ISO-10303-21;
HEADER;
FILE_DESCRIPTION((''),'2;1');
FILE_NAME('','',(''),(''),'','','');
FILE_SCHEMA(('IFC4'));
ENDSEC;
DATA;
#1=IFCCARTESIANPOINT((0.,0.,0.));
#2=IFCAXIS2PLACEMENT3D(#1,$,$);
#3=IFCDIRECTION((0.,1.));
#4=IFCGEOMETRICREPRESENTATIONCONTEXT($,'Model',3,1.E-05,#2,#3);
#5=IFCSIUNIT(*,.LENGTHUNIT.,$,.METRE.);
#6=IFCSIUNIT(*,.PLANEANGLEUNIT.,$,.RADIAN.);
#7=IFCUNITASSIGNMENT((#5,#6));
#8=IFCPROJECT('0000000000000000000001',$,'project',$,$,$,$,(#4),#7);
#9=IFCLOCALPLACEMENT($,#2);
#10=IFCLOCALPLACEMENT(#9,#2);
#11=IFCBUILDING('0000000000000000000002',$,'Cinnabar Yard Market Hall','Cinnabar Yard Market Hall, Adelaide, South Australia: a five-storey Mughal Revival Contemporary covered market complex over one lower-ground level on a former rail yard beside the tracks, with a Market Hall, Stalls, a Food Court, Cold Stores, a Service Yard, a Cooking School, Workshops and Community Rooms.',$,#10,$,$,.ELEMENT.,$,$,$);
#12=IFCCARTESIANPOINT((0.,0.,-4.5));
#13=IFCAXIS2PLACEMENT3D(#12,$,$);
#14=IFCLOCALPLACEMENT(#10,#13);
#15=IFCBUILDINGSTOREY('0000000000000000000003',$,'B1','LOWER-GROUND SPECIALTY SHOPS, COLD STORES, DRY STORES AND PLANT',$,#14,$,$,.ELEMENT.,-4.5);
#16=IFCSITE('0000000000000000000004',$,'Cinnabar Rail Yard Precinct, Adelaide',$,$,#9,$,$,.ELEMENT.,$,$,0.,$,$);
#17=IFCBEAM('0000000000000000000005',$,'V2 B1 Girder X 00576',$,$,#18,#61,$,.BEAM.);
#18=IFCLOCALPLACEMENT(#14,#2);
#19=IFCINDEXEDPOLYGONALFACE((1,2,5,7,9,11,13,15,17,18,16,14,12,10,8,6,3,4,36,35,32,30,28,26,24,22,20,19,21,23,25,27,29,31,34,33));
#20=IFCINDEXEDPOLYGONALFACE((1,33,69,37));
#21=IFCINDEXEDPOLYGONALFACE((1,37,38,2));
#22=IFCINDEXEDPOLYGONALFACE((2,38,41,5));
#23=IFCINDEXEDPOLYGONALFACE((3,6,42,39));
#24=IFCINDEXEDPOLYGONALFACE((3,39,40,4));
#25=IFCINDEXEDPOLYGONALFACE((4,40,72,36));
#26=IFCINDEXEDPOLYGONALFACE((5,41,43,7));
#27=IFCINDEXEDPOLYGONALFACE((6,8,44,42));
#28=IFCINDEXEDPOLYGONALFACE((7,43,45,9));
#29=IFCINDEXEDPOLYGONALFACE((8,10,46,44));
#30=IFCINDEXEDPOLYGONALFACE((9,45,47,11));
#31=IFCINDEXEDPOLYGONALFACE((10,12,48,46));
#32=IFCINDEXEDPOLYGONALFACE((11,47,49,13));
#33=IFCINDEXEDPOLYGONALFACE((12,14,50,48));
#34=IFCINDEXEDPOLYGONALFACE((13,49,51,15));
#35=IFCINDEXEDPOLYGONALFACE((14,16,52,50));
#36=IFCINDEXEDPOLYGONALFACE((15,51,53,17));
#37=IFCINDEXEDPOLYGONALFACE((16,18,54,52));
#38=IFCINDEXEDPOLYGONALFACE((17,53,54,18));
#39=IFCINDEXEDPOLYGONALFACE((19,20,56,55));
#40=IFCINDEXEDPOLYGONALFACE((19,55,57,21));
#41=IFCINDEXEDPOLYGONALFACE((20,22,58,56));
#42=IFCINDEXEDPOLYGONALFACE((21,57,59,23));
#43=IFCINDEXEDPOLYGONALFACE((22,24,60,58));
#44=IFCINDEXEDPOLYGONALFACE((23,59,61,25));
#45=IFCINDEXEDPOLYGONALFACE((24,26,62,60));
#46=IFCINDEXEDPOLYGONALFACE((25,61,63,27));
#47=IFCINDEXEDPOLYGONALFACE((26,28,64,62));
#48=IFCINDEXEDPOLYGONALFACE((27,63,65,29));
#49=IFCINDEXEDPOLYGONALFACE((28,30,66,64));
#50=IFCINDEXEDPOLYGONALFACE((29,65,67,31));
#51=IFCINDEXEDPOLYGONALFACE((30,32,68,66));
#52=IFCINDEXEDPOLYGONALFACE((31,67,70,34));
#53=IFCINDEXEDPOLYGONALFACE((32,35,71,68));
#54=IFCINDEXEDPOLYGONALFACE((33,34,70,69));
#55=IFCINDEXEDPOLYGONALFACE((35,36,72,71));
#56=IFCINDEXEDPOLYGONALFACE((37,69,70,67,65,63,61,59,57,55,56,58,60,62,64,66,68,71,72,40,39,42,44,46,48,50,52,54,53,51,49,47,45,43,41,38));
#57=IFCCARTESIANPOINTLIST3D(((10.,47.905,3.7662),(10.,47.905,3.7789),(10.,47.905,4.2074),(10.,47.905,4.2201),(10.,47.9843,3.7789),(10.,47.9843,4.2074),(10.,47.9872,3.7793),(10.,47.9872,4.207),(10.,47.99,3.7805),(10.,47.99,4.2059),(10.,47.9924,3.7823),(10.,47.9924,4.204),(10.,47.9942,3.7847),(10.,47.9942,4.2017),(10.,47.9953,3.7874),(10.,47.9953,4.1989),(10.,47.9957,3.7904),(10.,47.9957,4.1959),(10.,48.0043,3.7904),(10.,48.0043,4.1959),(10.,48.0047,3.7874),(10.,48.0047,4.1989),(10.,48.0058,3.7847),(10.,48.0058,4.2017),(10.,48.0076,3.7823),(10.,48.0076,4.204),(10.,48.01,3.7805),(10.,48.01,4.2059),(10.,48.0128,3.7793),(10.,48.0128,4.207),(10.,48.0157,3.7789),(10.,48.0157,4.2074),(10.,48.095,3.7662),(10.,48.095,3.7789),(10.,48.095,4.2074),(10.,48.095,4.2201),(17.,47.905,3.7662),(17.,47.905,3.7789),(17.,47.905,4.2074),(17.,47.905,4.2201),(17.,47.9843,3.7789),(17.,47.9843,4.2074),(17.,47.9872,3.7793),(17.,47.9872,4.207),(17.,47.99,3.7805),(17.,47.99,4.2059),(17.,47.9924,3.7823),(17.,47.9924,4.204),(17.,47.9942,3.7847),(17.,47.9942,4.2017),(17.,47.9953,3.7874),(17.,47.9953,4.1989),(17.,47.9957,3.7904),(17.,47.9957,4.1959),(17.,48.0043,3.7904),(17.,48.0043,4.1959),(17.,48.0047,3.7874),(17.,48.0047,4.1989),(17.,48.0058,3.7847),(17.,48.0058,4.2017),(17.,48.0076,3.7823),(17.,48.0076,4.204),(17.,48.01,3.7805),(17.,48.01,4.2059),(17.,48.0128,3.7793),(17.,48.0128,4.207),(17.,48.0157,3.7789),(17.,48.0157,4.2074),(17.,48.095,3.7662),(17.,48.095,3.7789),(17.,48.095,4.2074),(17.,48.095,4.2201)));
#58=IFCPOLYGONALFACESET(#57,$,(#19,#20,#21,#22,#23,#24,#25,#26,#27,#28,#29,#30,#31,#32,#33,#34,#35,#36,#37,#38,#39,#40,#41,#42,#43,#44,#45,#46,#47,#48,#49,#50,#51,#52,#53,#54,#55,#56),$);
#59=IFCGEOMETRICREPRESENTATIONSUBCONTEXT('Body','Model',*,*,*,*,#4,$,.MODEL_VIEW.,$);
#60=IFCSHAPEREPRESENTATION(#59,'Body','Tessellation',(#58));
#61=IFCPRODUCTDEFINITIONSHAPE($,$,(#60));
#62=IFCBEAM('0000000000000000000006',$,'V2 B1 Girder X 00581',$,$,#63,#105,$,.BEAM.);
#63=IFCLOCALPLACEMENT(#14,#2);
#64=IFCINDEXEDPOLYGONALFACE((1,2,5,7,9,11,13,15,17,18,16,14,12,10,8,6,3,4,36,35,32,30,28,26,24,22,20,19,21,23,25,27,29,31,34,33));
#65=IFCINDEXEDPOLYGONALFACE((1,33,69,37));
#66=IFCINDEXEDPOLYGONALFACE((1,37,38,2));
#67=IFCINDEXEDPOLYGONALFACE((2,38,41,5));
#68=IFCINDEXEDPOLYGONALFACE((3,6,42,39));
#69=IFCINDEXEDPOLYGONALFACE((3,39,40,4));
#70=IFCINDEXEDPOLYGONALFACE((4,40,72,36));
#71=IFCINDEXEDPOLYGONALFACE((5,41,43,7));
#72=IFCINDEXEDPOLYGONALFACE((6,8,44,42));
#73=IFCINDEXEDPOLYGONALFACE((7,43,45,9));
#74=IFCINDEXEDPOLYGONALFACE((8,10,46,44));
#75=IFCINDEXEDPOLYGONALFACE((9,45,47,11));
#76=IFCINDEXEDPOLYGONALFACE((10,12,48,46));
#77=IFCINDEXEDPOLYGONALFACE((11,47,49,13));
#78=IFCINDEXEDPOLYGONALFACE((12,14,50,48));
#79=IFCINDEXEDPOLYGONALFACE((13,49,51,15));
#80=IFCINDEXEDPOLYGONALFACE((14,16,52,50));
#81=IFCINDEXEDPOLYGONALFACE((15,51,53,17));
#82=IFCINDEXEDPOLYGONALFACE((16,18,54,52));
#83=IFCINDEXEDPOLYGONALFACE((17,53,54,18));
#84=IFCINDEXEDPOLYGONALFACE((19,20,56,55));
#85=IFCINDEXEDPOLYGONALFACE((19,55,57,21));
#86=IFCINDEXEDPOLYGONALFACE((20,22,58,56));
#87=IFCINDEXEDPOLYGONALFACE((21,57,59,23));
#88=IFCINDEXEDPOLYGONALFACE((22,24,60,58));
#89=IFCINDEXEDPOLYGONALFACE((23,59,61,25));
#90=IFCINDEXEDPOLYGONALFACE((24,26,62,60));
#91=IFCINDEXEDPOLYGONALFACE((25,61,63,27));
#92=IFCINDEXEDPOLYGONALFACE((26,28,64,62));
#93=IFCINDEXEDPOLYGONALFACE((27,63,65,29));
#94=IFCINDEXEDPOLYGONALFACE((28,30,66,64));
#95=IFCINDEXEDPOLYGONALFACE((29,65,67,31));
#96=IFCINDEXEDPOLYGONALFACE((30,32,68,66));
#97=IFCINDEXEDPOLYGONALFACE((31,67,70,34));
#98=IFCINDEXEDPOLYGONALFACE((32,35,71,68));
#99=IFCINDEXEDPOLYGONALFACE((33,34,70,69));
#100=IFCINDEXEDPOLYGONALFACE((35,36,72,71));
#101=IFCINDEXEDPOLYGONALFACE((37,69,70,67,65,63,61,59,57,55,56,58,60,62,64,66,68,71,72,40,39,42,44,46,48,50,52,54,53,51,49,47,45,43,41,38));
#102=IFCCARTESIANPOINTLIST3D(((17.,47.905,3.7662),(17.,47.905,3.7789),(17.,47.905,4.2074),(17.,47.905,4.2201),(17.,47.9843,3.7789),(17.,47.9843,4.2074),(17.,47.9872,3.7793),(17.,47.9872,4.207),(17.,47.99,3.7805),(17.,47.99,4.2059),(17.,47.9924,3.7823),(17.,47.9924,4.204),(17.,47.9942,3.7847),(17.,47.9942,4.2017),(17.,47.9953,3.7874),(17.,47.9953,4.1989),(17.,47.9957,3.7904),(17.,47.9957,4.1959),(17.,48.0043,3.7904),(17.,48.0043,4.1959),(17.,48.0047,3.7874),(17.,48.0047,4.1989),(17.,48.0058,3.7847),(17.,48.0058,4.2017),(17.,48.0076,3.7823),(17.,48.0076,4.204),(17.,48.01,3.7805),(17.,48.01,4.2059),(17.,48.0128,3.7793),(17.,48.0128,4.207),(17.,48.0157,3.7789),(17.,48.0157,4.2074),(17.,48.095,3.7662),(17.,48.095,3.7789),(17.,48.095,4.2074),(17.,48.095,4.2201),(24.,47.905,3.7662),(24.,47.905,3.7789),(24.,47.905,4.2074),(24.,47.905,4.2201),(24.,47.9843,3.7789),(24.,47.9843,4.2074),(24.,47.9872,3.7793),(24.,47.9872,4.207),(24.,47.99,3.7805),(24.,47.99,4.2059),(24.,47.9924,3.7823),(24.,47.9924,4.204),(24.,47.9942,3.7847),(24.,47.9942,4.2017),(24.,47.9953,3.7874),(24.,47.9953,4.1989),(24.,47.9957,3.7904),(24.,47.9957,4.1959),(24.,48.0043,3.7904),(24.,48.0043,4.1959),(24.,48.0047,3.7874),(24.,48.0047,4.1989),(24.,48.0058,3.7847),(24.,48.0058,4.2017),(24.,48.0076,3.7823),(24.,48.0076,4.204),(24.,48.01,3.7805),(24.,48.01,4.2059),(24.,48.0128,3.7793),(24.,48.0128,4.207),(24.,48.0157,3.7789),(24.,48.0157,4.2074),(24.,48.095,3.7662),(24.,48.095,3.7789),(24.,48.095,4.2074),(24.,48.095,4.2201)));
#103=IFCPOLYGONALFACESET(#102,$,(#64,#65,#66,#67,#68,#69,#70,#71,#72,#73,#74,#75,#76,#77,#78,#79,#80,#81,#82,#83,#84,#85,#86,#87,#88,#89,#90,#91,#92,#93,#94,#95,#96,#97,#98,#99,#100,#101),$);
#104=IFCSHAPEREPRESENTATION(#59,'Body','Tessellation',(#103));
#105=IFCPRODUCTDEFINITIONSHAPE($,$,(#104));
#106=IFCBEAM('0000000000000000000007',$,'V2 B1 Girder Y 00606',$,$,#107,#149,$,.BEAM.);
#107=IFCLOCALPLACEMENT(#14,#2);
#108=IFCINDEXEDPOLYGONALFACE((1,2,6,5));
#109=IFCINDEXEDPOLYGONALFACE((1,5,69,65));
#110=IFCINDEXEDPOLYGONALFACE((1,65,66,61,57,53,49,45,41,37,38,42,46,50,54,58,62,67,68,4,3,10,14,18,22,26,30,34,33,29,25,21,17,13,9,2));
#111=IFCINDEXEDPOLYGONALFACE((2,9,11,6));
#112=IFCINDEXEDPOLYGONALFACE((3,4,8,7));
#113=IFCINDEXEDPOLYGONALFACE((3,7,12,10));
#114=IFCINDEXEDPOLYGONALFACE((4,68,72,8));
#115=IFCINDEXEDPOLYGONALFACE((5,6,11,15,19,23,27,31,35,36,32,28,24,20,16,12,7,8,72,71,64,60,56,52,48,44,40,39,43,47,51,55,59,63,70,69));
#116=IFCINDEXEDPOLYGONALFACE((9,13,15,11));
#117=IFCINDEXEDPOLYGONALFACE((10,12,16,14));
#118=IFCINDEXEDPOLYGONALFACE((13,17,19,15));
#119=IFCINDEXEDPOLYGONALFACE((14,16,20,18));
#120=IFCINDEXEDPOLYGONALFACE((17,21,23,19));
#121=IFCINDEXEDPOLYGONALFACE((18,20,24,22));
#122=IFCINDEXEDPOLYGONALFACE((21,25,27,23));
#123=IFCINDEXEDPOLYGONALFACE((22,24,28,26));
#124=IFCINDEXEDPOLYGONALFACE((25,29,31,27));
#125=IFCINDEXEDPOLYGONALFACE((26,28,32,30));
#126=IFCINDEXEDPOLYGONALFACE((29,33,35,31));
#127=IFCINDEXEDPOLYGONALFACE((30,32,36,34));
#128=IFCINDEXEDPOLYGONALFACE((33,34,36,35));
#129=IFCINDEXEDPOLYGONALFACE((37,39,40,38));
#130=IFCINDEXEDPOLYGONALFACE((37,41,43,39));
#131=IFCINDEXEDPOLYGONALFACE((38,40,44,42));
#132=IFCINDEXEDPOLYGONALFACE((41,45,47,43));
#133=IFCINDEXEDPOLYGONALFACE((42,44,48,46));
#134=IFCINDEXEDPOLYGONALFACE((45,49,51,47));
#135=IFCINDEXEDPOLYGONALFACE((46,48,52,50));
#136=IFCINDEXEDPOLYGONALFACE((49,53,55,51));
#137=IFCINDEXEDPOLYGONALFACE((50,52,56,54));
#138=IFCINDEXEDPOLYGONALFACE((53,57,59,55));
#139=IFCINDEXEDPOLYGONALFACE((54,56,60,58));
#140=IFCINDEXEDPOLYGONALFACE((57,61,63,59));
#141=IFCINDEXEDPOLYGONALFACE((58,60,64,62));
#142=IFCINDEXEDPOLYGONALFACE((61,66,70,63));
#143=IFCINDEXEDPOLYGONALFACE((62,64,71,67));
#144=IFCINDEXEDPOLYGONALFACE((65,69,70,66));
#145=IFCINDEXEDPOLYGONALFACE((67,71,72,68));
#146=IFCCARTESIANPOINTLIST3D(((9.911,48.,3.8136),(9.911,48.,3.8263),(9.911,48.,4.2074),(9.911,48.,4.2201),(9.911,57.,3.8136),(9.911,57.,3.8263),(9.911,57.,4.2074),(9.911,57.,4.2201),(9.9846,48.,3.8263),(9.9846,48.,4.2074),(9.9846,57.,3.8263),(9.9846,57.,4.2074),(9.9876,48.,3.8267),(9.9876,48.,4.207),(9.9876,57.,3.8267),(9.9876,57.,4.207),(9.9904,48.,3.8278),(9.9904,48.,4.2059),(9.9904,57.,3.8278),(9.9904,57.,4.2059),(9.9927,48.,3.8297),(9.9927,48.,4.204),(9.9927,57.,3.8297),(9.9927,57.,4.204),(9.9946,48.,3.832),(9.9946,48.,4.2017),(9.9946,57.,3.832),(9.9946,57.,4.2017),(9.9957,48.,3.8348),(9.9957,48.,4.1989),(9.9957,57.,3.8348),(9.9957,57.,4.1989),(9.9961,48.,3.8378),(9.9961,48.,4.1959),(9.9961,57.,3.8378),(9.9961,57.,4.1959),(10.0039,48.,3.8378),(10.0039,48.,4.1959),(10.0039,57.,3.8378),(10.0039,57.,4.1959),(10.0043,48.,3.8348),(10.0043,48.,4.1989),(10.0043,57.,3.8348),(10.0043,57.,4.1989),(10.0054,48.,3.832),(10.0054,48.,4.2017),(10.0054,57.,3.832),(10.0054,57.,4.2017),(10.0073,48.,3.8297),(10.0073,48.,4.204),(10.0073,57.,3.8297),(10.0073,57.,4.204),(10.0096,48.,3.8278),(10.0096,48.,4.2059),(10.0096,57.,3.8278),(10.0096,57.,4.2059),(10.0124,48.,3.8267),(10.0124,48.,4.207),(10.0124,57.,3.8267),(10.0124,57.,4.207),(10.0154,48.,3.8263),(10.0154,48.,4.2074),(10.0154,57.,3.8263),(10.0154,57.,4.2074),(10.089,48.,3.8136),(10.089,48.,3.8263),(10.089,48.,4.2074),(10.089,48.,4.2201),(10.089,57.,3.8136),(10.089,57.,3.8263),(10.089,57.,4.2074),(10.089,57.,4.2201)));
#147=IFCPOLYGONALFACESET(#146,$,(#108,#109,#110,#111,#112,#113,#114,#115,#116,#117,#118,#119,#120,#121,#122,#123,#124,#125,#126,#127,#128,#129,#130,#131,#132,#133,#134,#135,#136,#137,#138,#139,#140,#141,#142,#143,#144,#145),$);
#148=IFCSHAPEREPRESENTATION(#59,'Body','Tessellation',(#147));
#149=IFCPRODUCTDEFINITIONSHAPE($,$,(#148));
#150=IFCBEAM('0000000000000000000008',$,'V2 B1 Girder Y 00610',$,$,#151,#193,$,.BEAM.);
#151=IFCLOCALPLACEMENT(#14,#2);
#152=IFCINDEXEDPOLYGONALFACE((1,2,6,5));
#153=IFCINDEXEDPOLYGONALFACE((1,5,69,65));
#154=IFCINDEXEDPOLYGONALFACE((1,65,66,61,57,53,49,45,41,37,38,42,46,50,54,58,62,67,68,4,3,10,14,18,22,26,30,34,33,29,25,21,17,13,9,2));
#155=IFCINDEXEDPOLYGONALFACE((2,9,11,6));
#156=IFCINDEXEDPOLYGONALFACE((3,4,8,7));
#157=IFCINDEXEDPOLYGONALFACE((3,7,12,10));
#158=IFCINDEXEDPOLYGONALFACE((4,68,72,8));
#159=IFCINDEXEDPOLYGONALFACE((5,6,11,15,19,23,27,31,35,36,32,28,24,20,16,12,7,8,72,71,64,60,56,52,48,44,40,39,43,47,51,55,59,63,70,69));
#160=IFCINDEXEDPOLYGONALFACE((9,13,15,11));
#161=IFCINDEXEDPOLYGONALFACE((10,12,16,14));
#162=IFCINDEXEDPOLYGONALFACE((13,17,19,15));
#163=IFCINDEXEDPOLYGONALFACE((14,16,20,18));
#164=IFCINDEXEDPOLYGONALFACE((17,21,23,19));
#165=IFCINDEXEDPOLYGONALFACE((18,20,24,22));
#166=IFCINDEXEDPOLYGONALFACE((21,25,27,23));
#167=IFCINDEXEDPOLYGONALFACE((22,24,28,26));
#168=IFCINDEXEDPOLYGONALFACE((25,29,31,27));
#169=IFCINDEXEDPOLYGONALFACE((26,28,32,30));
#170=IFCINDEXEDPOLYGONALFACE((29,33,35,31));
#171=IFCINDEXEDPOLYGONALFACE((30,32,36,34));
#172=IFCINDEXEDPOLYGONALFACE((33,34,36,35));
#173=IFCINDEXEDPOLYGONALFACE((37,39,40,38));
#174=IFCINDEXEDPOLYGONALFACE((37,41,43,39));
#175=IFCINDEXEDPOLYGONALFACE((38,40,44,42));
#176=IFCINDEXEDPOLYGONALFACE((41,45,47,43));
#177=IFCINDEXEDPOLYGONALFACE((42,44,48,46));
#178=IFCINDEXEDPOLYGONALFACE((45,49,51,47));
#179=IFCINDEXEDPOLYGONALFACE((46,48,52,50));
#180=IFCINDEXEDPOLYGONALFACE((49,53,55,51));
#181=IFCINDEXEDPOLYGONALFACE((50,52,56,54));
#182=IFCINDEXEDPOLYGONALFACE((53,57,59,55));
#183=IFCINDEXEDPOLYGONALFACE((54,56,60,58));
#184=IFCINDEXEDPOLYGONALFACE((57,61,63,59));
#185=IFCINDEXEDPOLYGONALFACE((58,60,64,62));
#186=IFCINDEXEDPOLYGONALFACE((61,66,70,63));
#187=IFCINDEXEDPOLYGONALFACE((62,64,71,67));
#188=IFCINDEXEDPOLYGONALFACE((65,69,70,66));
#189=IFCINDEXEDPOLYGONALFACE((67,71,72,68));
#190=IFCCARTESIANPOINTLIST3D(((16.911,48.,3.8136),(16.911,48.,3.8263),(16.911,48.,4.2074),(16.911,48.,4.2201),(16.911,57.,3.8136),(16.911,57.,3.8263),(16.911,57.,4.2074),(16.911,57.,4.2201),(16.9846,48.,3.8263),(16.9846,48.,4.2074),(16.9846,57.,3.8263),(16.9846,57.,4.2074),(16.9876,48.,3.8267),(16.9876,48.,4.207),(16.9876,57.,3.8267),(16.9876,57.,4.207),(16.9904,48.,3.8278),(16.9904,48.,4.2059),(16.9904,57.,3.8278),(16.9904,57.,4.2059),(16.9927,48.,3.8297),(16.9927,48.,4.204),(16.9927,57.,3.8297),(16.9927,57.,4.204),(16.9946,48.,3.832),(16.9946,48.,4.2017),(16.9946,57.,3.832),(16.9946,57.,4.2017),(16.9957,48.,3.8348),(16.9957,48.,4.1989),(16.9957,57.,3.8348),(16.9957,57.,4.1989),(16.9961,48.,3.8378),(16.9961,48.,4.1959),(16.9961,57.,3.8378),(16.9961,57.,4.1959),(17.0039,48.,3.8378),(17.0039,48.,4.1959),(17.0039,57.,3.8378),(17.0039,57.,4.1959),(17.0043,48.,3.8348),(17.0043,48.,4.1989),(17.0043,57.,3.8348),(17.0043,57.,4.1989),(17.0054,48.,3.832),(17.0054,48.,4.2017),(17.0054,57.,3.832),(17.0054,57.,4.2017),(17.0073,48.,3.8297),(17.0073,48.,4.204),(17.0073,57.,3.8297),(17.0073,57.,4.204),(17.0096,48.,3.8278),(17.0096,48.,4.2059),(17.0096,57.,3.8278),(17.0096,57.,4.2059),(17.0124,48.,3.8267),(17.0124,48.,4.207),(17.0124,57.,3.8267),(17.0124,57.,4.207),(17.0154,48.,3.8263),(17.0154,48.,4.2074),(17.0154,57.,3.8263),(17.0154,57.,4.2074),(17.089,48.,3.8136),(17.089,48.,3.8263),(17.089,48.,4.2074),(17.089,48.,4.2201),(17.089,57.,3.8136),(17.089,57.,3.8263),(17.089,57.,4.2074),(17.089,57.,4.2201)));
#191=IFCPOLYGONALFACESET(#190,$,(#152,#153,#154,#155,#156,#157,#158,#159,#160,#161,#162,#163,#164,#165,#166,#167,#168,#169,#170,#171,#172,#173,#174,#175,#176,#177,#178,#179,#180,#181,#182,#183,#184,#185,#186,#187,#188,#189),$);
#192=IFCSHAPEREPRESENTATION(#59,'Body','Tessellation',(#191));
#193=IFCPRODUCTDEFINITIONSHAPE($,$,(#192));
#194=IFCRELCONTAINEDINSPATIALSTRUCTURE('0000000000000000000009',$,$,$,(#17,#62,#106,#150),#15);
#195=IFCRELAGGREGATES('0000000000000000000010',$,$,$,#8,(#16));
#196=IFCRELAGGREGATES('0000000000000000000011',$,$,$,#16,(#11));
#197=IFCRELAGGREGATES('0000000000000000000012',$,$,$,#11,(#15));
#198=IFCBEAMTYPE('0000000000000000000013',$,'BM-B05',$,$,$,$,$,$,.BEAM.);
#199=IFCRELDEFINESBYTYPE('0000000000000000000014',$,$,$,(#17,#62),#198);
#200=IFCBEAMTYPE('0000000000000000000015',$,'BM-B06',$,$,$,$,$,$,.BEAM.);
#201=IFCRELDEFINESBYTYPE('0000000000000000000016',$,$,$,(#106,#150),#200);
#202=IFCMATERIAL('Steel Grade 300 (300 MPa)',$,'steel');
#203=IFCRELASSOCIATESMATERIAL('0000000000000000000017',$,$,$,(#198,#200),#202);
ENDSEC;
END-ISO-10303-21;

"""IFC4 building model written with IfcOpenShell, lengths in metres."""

from ifc_helpers import new_model, si_unit, direction, frame, origin, origin_2d_with_axis, place, context, subcontext, project, spatial, i_section, extrude, material, material_profile, profile_set, type_object, element, save


model = new_model("IFC4")

# Units and contexts
model_context = context("Model", 3, precision=1e-05, world=origin(), true_north=direction((0.0, 1.0)))
body_context = subcontext(model_context, "Body", "Model", "MODEL_VIEW")
ifc_project = project(units=[si_unit("LENGTHUNIT", "METRE"), si_unit("PLANEANGLEUNIT", "RADIAN")], contexts=[model_context])

# Site, building, storey
site_placement = place(None, origin())
site = spatial("IfcSite", under=ifc_project, at=site_placement, Name="Cinnabar Rail Yard Precinct, Adelaide", CompositionType="ELEMENT", RefElevation=0.0)
building_placement = place(site_placement, origin())
building = spatial("IfcBuilding", under=site, at=building_placement, Name="Cinnabar Yard Market Hall", Description="Cinnabar Yard Market Hall, Adelaide, South Australia: a five-storey Mughal Revival Contemporary covered market complex over one lower-ground level on a former rail yard beside the tracks, with a Market Hall, Stalls, a Food Court, Cold Stores, a Service Yard, a Cooking School, Workshops and Community Rooms.", CompositionType="ELEMENT")
storey_placement = place(building_placement, frame((0.0, 0.0, -4.5)))
storey = spatial("IfcBuildingStorey", under=building, at=storey_placement, Name="B1", Description="LOWER-GROUND SPECIALTY SHOPS, COLD STORES, DRY STORES AND PLANT", CompositionType="ELEMENT", Elevation=-4.5)

# Shared definitions
ifc_material_1 = material(Name="Steel Grade 300 (300 MPa)", Category="steel")

# Beams
ifc_material_profile_1 = material_profile(ifc_material_1, i_section(OverallWidth=0.1899, OverallDepth=0.4539, WebThickness=0.0085, FlangeThickness=0.0127, FilletRadius=0.0115, at=origin_2d_with_axis()), Name="460UB67.1")
ifc_profile_set_1 = profile_set([ifc_material_profile_1], Name="Steel Grade 300 (300 MPa)")
beam_type_1 = type_object("IfcBeamType", Name="BM-B05", PredefinedType="BEAM", material=ifc_profile_set_1)
for number, where, z_axis, x_axis, name in (
    (1, (10.0, 48.0, 3.9932), (1.0, 0.0, 0.0), (0.0, 1.0, 0.0), "V2 B1 Girder X 00576"),
    (2, (17.0, 48.0, 3.9932), (1.0, 0.0, 0.0), (0.0, 1.0, 0.0), "V2 B1 Girder X 00581"),
):
    element("IfcBeam", number, at=place(storey_placement, frame(where, z_axis=z_axis, x_axis=x_axis)), inside=storey, type_object=beam_type_1, Name=name, PredefinedType="BEAM", context=body_context, shape_type="SweptSolid", body=[
        extrude(i_section(OverallWidth=0.1899, OverallDepth=0.4539, WebThickness=0.0085, FlangeThickness=0.0127, FilletRadius=0.0115, at=origin_2d_with_axis()), origin(), (0.0, 0.0, 1.0), 7.0),
    ])
ifc_material_profile_2 = material_profile(ifc_material_1, i_section(OverallWidth=0.178, OverallDepth=0.4065, WebThickness=0.0078, FlangeThickness=0.0127, FilletRadius=0.0115, at=origin_2d_with_axis()), Name="410UB59.7")
ifc_profile_set_2 = profile_set([ifc_material_profile_2], Name="Steel Grade 300 (300 MPa)")
beam_type_2 = type_object("IfcBeamType", Name="BM-B06", PredefinedType="BEAM", material=ifc_profile_set_2)
for number, where, z_axis, x_axis, name in (
    (3, (10.0, 48.0, 4.0168), (0.0, 1.0, 0.0), (-1.0, 0.0, 0.0), "V2 B1 Girder Y 00606"),
    (4, (17.0, 48.0, 4.0168), (0.0, 1.0, 0.0), (-1.0, 0.0, 0.0), "V2 B1 Girder Y 00610"),
):
    element("IfcBeam", number, at=place(storey_placement, frame(where, z_axis=z_axis, x_axis=x_axis)), inside=storey, type_object=beam_type_2, Name=name, PredefinedType="BEAM", context=body_context, shape_type="SweptSolid", body=[
        extrude(i_section(OverallWidth=0.178, OverallDepth=0.4065, WebThickness=0.0078, FlangeThickness=0.0127, FilletRadius=0.0115, at=origin_2d_with_axis()), origin(), (0.0, 0.0, 1.0), 9.0),
    ])

save(model, "model.ifc")
